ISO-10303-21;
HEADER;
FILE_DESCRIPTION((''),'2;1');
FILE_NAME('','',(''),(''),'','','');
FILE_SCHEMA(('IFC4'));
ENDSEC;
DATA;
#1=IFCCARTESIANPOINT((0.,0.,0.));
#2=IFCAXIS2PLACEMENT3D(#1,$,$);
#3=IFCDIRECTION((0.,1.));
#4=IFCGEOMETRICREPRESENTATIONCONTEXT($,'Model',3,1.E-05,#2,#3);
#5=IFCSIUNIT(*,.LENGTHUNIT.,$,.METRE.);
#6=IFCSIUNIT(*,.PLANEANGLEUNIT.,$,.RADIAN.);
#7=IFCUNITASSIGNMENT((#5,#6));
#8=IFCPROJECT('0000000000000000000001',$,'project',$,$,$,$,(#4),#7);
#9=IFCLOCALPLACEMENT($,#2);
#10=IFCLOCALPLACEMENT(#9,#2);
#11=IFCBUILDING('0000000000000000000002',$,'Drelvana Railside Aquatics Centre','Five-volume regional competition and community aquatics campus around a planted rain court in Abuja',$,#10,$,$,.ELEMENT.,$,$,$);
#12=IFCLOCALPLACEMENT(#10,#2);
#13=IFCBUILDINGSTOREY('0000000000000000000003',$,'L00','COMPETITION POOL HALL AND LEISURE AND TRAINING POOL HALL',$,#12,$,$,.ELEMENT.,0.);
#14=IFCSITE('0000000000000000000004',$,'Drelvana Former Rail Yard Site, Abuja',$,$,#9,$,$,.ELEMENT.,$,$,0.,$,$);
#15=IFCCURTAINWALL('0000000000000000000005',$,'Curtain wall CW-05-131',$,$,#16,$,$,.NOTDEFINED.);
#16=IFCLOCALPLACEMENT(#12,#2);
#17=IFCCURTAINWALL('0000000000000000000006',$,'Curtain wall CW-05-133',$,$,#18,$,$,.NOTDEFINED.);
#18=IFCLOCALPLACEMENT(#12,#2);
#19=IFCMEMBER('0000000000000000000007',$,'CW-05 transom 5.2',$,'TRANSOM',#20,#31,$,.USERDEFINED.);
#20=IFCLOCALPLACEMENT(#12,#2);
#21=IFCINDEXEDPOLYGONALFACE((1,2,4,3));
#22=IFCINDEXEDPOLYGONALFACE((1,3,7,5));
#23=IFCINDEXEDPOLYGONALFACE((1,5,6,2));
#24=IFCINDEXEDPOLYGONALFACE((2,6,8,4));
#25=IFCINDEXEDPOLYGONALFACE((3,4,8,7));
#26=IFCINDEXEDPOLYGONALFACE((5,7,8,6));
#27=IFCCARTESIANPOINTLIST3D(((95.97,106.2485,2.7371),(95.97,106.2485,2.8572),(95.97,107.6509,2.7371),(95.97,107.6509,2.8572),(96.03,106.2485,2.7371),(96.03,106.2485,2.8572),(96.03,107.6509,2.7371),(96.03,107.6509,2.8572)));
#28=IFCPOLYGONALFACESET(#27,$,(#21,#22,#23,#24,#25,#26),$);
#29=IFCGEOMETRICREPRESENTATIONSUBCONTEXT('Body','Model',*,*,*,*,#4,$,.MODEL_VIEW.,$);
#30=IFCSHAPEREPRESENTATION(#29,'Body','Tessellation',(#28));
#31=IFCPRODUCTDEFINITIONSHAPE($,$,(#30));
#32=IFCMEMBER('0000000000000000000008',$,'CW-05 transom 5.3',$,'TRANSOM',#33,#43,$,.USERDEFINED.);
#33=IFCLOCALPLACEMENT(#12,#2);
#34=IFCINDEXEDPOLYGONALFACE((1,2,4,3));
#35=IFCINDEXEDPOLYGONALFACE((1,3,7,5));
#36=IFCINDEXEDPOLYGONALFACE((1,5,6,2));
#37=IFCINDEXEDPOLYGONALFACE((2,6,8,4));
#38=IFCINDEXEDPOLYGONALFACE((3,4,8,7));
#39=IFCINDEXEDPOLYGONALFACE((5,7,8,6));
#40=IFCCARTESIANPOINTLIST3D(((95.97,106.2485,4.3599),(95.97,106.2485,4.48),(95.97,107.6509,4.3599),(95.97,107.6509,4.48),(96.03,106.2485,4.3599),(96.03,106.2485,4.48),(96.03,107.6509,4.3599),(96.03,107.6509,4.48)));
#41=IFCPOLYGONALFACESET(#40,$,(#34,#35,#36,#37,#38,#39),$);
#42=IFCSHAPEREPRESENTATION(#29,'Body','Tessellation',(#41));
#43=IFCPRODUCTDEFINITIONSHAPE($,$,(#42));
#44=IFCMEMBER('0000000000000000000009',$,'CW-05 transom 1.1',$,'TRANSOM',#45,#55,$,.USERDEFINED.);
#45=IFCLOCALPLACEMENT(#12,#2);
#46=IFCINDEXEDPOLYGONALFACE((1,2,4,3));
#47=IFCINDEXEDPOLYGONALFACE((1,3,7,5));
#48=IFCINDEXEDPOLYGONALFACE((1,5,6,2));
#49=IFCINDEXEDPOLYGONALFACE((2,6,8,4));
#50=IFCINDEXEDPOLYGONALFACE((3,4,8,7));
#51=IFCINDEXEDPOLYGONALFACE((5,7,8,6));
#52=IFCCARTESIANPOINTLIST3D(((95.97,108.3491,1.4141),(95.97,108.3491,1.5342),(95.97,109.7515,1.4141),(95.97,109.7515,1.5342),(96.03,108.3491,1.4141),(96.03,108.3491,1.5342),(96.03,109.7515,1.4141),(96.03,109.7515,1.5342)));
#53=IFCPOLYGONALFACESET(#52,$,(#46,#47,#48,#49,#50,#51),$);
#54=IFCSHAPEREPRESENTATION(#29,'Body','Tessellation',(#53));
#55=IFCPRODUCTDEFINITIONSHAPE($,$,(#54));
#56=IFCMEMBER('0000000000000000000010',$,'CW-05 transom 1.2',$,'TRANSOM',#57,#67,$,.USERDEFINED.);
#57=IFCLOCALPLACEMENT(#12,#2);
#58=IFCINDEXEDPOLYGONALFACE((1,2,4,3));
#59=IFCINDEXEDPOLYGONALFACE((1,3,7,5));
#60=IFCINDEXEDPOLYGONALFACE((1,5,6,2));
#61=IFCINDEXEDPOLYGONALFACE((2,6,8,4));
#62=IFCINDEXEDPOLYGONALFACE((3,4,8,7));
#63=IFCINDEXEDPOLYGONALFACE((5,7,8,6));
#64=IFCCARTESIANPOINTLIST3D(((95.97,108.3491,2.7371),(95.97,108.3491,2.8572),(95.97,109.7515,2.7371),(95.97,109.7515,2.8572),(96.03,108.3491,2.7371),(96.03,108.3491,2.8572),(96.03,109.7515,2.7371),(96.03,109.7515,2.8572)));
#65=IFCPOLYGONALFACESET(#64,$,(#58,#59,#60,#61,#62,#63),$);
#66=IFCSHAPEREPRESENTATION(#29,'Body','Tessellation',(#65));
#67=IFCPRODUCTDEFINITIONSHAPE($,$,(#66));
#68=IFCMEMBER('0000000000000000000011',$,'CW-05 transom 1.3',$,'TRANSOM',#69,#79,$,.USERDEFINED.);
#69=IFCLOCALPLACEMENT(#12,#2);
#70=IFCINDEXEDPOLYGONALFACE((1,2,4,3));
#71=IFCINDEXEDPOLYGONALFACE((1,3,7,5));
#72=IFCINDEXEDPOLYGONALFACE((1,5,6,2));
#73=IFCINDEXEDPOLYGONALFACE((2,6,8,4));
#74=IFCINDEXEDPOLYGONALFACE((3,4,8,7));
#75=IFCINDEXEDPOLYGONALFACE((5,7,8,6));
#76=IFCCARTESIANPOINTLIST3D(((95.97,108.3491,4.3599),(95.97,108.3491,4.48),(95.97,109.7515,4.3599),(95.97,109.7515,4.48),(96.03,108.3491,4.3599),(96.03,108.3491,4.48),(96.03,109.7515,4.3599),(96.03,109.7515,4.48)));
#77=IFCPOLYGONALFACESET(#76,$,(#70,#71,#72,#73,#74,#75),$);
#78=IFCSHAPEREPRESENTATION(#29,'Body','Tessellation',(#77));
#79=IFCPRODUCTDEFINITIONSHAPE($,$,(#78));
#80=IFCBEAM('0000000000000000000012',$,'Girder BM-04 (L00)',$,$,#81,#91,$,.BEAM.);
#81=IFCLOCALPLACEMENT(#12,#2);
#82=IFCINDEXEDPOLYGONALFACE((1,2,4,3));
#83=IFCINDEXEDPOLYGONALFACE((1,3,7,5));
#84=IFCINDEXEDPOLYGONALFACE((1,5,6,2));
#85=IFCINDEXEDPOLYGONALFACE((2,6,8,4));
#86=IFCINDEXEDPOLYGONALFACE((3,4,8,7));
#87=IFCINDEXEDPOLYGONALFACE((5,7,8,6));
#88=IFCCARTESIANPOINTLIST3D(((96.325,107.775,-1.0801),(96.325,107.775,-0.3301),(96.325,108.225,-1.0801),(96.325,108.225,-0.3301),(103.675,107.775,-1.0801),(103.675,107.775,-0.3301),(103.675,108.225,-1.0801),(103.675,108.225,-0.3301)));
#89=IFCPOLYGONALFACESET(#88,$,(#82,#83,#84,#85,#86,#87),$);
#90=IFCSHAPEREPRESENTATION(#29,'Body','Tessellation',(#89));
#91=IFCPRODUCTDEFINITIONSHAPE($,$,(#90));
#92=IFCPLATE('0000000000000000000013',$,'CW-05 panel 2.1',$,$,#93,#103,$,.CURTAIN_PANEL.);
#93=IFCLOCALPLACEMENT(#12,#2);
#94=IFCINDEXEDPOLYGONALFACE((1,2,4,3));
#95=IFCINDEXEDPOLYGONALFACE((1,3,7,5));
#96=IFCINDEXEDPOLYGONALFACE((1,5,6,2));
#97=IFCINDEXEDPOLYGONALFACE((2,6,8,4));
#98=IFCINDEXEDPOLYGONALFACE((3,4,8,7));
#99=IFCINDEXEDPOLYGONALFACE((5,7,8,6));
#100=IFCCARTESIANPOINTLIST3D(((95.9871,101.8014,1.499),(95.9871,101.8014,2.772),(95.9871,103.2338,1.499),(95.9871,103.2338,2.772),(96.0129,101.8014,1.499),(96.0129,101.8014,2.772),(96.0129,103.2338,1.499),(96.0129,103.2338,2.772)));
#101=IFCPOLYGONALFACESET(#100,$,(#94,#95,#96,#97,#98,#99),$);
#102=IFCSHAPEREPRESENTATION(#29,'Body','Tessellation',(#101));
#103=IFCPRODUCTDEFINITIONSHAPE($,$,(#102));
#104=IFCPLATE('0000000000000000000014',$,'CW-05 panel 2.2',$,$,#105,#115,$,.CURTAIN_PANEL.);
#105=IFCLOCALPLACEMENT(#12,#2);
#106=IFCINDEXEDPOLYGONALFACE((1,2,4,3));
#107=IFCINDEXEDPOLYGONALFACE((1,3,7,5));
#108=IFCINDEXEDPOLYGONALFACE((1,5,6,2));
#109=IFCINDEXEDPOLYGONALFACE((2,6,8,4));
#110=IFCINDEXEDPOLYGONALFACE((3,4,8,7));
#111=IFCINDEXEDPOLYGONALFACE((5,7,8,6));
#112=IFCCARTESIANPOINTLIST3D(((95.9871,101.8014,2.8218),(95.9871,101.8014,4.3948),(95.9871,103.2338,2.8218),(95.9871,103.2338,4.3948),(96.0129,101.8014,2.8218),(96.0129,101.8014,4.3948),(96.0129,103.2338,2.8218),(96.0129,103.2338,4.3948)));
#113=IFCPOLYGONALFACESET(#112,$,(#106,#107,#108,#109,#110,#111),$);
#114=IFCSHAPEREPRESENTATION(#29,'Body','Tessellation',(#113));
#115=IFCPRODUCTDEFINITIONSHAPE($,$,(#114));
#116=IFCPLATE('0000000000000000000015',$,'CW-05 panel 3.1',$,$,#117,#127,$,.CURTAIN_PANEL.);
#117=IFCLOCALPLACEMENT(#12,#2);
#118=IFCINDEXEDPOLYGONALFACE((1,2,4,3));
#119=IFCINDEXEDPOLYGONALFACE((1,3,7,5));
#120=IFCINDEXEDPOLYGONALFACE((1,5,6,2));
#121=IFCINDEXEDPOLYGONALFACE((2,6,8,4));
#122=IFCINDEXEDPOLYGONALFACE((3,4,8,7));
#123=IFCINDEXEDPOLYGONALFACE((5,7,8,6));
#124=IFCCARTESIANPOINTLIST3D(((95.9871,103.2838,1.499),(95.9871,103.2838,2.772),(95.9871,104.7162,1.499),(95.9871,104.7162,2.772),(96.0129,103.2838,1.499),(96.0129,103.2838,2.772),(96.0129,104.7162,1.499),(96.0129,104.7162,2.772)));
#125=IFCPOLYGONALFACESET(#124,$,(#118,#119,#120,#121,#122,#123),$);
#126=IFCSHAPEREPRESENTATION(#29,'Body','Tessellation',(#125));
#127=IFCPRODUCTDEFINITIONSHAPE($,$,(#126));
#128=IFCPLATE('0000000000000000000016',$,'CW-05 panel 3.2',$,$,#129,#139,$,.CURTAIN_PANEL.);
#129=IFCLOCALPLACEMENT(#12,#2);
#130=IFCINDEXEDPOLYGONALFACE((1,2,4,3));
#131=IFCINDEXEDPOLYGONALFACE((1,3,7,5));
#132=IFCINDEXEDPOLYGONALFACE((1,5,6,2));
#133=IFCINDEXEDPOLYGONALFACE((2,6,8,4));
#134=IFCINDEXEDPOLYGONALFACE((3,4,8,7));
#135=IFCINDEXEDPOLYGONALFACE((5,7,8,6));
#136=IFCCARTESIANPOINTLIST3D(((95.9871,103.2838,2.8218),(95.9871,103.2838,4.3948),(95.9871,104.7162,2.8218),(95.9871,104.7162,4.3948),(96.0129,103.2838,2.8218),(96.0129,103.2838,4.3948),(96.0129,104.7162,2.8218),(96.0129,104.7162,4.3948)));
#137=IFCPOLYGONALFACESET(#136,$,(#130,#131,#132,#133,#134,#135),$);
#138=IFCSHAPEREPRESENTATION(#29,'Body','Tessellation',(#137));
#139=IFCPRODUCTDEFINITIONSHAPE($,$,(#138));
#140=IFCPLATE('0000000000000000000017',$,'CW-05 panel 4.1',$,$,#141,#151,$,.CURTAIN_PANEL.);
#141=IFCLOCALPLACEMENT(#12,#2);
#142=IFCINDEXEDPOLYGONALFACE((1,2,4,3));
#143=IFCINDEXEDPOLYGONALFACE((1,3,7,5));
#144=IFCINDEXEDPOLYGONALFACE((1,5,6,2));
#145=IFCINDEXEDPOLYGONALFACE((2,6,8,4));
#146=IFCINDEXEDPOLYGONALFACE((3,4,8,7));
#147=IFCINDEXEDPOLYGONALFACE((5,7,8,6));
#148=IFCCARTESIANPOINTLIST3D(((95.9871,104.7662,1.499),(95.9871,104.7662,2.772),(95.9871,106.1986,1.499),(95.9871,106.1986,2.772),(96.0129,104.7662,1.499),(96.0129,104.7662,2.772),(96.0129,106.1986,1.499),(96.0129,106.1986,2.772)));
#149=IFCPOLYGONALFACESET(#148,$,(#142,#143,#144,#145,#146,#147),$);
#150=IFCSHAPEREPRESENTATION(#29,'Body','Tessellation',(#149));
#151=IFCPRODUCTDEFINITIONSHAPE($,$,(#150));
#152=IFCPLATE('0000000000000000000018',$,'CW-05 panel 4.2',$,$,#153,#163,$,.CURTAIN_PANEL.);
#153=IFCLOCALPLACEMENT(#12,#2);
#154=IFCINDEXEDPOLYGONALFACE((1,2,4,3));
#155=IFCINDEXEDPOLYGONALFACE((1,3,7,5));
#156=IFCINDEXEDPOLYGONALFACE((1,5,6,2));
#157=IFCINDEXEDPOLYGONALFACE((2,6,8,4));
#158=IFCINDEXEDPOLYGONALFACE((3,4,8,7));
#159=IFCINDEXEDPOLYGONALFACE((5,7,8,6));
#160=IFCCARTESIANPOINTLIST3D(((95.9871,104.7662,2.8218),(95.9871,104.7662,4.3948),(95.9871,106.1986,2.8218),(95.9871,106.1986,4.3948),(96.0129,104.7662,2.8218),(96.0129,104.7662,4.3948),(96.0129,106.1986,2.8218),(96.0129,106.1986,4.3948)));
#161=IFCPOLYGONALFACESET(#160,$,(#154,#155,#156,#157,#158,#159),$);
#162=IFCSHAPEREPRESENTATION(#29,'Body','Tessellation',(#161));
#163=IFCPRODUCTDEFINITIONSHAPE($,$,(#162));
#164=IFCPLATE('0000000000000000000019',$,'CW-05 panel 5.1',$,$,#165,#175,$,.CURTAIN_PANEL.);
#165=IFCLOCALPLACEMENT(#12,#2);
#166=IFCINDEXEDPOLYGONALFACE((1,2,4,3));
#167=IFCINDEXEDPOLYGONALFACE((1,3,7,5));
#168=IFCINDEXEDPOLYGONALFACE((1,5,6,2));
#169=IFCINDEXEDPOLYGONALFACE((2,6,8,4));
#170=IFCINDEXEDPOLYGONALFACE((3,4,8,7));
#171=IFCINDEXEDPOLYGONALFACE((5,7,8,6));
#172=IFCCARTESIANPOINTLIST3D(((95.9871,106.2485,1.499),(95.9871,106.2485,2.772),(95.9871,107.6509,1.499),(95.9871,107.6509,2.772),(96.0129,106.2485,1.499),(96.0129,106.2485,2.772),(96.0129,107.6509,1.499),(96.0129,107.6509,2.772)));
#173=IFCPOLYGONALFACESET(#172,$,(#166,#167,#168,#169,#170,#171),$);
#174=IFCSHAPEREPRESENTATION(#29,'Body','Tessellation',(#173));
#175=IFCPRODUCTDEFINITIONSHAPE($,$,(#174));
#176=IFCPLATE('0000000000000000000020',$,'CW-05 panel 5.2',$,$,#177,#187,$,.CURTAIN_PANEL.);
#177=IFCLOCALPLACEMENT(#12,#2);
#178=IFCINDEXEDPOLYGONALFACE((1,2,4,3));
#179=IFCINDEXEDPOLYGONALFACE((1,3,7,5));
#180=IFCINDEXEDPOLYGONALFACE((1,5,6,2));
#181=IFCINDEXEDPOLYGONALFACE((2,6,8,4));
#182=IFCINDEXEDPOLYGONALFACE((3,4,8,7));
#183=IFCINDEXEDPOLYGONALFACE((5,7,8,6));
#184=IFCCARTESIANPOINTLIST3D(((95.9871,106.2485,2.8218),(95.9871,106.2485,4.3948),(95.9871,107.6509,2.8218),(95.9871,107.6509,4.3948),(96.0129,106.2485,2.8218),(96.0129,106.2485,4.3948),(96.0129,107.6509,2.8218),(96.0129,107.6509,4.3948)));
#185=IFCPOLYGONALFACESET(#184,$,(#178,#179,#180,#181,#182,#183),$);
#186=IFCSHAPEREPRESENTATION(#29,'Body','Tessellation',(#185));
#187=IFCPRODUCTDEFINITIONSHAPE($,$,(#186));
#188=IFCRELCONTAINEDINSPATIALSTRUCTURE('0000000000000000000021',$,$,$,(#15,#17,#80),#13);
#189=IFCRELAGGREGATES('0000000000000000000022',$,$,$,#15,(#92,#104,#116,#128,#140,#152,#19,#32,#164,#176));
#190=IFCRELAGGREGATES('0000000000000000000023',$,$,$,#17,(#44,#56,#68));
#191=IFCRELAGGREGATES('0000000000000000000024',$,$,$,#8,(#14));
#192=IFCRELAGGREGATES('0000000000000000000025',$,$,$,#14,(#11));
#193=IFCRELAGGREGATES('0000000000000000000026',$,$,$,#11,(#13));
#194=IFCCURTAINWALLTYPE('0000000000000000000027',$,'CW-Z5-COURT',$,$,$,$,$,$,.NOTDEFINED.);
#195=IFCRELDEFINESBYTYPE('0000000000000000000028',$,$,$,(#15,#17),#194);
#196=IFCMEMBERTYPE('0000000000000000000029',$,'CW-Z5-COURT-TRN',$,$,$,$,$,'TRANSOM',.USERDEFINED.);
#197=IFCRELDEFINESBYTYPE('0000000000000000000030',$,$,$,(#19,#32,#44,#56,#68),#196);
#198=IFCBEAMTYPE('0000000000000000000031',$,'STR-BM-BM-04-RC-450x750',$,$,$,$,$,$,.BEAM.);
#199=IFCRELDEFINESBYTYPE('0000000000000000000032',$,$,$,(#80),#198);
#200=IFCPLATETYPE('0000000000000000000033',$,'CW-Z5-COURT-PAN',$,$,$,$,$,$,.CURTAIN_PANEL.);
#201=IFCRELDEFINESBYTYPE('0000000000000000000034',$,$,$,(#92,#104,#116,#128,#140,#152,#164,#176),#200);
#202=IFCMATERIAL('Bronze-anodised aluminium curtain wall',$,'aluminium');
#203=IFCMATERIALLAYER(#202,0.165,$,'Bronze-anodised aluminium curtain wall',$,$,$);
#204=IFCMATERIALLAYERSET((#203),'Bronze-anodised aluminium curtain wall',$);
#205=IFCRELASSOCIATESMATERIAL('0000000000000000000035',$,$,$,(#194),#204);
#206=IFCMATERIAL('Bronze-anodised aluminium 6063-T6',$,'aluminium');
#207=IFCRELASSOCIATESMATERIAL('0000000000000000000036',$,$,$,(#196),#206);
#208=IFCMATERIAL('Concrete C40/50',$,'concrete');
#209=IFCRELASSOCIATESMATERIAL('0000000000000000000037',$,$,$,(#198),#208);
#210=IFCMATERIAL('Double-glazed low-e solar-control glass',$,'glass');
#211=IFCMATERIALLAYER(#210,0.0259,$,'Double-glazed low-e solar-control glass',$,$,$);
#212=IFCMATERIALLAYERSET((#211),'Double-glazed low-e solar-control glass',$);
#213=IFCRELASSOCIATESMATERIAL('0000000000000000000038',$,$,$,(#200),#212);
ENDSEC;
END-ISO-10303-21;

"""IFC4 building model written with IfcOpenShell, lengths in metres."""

from ifc_helpers import new_model, si_unit, direction, frame, origin, origin_2d, place, context, subcontext, project, spatial, rectangle, extrude, material, layer, layer_set, material_profile, profile_set, type_object, element, aggregate, save


model = new_model("IFC4")

# Units and contexts
model_context = context("Model", 3, precision=1e-05, world=origin(), true_north=direction((0.0, 1.0)))
body_context = subcontext(model_context, "Body", "Model", "MODEL_VIEW")
ifc_project = project(units=[si_unit("LENGTHUNIT", "METRE"), si_unit("PLANEANGLEUNIT", "RADIAN")], contexts=[model_context])

# Site, building, storey
site_placement = place(None, origin())
site = spatial("IfcSite", under=ifc_project, at=site_placement, Name="Drelvana Former Rail Yard Site, Abuja", CompositionType="ELEMENT", RefElevation=0.0)
building_placement = place(site_placement, origin())
building = spatial("IfcBuilding", under=site, at=building_placement, Name="Drelvana Railside Aquatics Centre", Description="Five-volume regional competition and community aquatics campus around a planted rain court in Abuja", CompositionType="ELEMENT")
storey_placement = place(building_placement, origin())
storey = spatial("IfcBuildingStorey", under=building, at=storey_placement, Name="L00", Description="COMPETITION POOL HALL AND LEISURE AND TRAINING POOL HALL", CompositionType="ELEMENT", Elevation=0.0)

# Curtain wall
ifc_material_1 = material(Name="Bronze-anodised aluminium curtain wall", Category="aluminium")
ifc_layer_1 = layer(ifc_material_1, 0.165, Name="Bronze-anodised aluminium curtain wall")
ifc_layer_set_1 = layer_set([ifc_layer_1], Name="Bronze-anodised aluminium curtain wall")
curtain_wall_type = type_object("IfcCurtainWallType", Name="CW-Z5-COURT", PredefinedType="NOTDEFINED", material=ifc_layer_set_1)
curtain_wall_1_placement = place(storey_placement, origin())
curtain_wall_1 = element("IfcCurtainWall", 1, at=curtain_wall_1_placement, inside=storey, type_object=curtain_wall_type, Name="Curtain wall CW-05-131", PredefinedType="NOTDEFINED")
ifc_material_2 = material(Name="Bronze-anodised aluminium 6063-T6", Category="aluminium")

# Curtain wall
curtain_wall_2_placement = place(storey_placement, origin())
curtain_wall_2 = element("IfcCurtainWall", 2, at=curtain_wall_2_placement, inside=storey, type_object=curtain_wall_type, Name="Curtain wall CW-05-133", PredefinedType="NOTDEFINED")

# Members
ifc_material_profile_1 = material_profile(ifc_material_2, rectangle(XDim=0.1201, YDim=0.0601, at=origin_2d()), Name="ALU-T 60x120")
ifc_profile_set_1 = profile_set([ifc_material_profile_1], Name="Bronze-anodised aluminium 6063-T6")
member_type_1 = type_object("IfcMemberType", Name="CW-Z5-COURT-TRN", ElementType="TRANSOM", PredefinedType="USERDEFINED", material=ifc_profile_set_1)
member_1_placement = place(storey_placement, frame((96.0, 106.2485, 2.7971), z_axis=(0.0, 1.0, 0.0), x_axis=(0.0, 0.0, 1.0)))
member_1 = element("IfcMember", 3, at=member_1_placement, type_object=member_type_1, Name="CW-05 transom 5.2", ObjectType="TRANSOM", PredefinedType="USERDEFINED", context=body_context, shape_type="SweptSolid", body=[
    extrude(rectangle(XDim=0.1201, YDim=0.0601, at=origin_2d()), origin(), (0.0, 0.0, 1.0), 1.4023),
])
member_2_placement = place(storey_placement, frame((96.0, 106.2485, 4.4199), z_axis=(0.0, 1.0, 0.0), x_axis=(0.0, 0.0, 1.0)))
member_2 = element("IfcMember", 4, at=member_2_placement, type_object=member_type_1, Name="CW-05 transom 5.3", ObjectType="TRANSOM", PredefinedType="USERDEFINED", context=body_context, shape_type="SweptSolid", body=[
    extrude(rectangle(XDim=0.1201, YDim=0.0601, at=origin_2d()), origin(), (0.0, 0.0, 1.0), 1.4023),
])
member_3_placement = place(storey_placement, frame((96.0, 108.3491, 1.4741), z_axis=(0.0, 1.0, 0.0), x_axis=(0.0, 0.0, 1.0)))
member_3 = element("IfcMember", 5, at=member_3_placement, type_object=member_type_1, Name="CW-05 transom 1.1", ObjectType="TRANSOM", PredefinedType="USERDEFINED", context=body_context, shape_type="SweptSolid", body=[
    extrude(rectangle(XDim=0.1201, YDim=0.0601, at=origin_2d()), origin(), (0.0, 0.0, 1.0), 1.4023),
])
member_4_placement = place(storey_placement, frame((96.0, 108.3491, 2.7971), z_axis=(0.0, 1.0, 0.0), x_axis=(0.0, 0.0, 1.0)))
member_4 = element("IfcMember", 6, at=member_4_placement, type_object=member_type_1, Name="CW-05 transom 1.2", ObjectType="TRANSOM", PredefinedType="USERDEFINED", context=body_context, shape_type="SweptSolid", body=[
    extrude(rectangle(XDim=0.1201, YDim=0.0601, at=origin_2d()), origin(), (0.0, 0.0, 1.0), 1.4023),
])
member_5_placement = place(storey_placement, frame((96.0, 108.3491, 4.4199), z_axis=(0.0, 1.0, 0.0), x_axis=(0.0, 0.0, 1.0)))
member_5 = element("IfcMember", 7, at=member_5_placement, type_object=member_type_1, Name="CW-05 transom 1.3", ObjectType="TRANSOM", PredefinedType="USERDEFINED", context=body_context, shape_type="SweptSolid", body=[
    extrude(rectangle(XDim=0.1201, YDim=0.0601, at=origin_2d()), origin(), (0.0, 0.0, 1.0), 1.4023),
])

# Beam
ifc_material_3 = material(Name="Concrete C40/50", Category="concrete")
ifc_material_profile_2 = material_profile(ifc_material_3, rectangle(XDim=0.45, YDim=0.75, at=origin_2d()), Name="RC 450x750")
ifc_profile_set_2 = profile_set([ifc_material_profile_2], Name="Concrete C40/50")
beam_type = type_object("IfcBeamType", Name="STR-BM-BM-04-RC-450x750", PredefinedType="BEAM", material=ifc_profile_set_2)
beam_placement = place(storey_placement, frame((96.325, 108.0, -0.7051), z_axis=(1.0, 0.0, 0.0), x_axis=(0.0, 1.0, 0.0)))
element("IfcBeam", 8, at=beam_placement, inside=storey, type_object=beam_type, Name="Girder BM-04 (L00)", PredefinedType="BEAM", context=body_context, shape_type="SweptSolid", body=[
    extrude(rectangle(XDim=0.45, YDim=0.75, at=origin_2d()), origin(), (0.0, 0.0, 1.0), 7.3501),
])

# Plates
ifc_material_4 = material(Name="Double-glazed low-e solar-control glass", Category="glass")
ifc_layer_2 = layer(ifc_material_4, 0.0259, Name="Double-glazed low-e solar-control glass")
ifc_layer_set_2 = layer_set([ifc_layer_2], Name="Double-glazed low-e solar-control glass")
plate_type = type_object("IfcPlateType", Name="CW-Z5-COURT-PAN", PredefinedType="CURTAIN_PANEL", material=ifc_layer_set_2)
plate_1_placement = place(storey_placement, frame((96.0, 102.5176, 1.499), z_axis=(0.0, 0.0, 1.0), x_axis=(0.0, 1.0, 0.0)))
plate_1 = element("IfcPlate", 9, at=plate_1_placement, type_object=plate_type, Name="CW-05 panel 2.1", PredefinedType="CURTAIN_PANEL", context=body_context, shape_type="SweptSolid", body=[
    extrude(rectangle(XDim=1.4324, YDim=0.0259, at=origin_2d()), origin(), (0.0, 0.0, 1.0), 1.2729),
])
plate_2_placement = place(storey_placement, frame((96.0, 102.5176, 2.8218), z_axis=(0.0, 0.0, 1.0), x_axis=(0.0, 1.0, 0.0)))
plate_2 = element("IfcPlate", 10, at=plate_2_placement, type_object=plate_type, Name="CW-05 panel 2.2", PredefinedType="CURTAIN_PANEL", context=body_context, shape_type="SweptSolid", body=[
    extrude(rectangle(XDim=1.4324, YDim=0.0259, at=origin_2d()), origin(), (0.0, 0.0, 1.0), 1.573),
])
plate_3_placement = place(storey_placement, frame((96.0, 104.0, 1.499), z_axis=(0.0, 0.0, 1.0), x_axis=(0.0, 1.0, 0.0)))
plate_3 = element("IfcPlate", 11, at=plate_3_placement, type_object=plate_type, Name="CW-05 panel 3.1", PredefinedType="CURTAIN_PANEL", context=body_context, shape_type="SweptSolid", body=[
    extrude(rectangle(XDim=1.4324, YDim=0.0259, at=origin_2d()), origin(), (0.0, 0.0, 1.0), 1.2729),
])
plate_4_placement = place(storey_placement, frame((96.0, 104.0, 2.8218), z_axis=(0.0, 0.0, 1.0), x_axis=(0.0, 1.0, 0.0)))
plate_4 = element("IfcPlate", 12, at=plate_4_placement, type_object=plate_type, Name="CW-05 panel 3.2", PredefinedType="CURTAIN_PANEL", context=body_context, shape_type="SweptSolid", body=[
    extrude(rectangle(XDim=1.4324, YDim=0.0259, at=origin_2d()), origin(), (0.0, 0.0, 1.0), 1.573),
])
plate_5_placement = place(storey_placement, frame((96.0, 105.4824, 1.499), z_axis=(0.0, 0.0, 1.0), x_axis=(0.0, 1.0, 0.0)))
plate_5 = element("IfcPlate", 13, at=plate_5_placement, type_object=plate_type, Name="CW-05 panel 4.1", PredefinedType="CURTAIN_PANEL", context=body_context, shape_type="SweptSolid", body=[
    extrude(rectangle(XDim=1.4324, YDim=0.0259, at=origin_2d()), origin(), (0.0, 0.0, 1.0), 1.2729),
])
plate_6_placement = place(storey_placement, frame((96.0, 105.4824, 2.8218), z_axis=(0.0, 0.0, 1.0), x_axis=(0.0, 1.0, 0.0)))
plate_6 = element("IfcPlate", 14, at=plate_6_placement, type_object=plate_type, Name="CW-05 panel 4.2", PredefinedType="CURTAIN_PANEL", context=body_context, shape_type="SweptSolid", body=[
    extrude(rectangle(XDim=1.4324, YDim=0.0259, at=origin_2d()), origin(), (0.0, 0.0, 1.0), 1.573),
])
plate_7_placement = place(storey_placement, frame((96.0, 106.9497, 1.499), z_axis=(0.0, 0.0, 1.0), x_axis=(0.0, 1.0, 0.0)))
plate_7 = element("IfcPlate", 15, at=plate_7_placement, type_object=plate_type, Name="CW-05 panel 5.1", PredefinedType="CURTAIN_PANEL", context=body_context, shape_type="SweptSolid", body=[
    extrude(rectangle(XDim=1.4023, YDim=0.0259, at=origin_2d()), origin(), (0.0, 0.0, 1.0), 1.2729),
])
plate_8_placement = place(storey_placement, frame((96.0, 106.9497, 2.8218), z_axis=(0.0, 0.0, 1.0), x_axis=(0.0, 1.0, 0.0)))
plate_8 = element("IfcPlate", 16, at=plate_8_placement, type_object=plate_type, Name="CW-05 panel 5.2", PredefinedType="CURTAIN_PANEL", context=body_context, shape_type="SweptSolid", body=[
    extrude(rectangle(XDim=1.4023, YDim=0.0259, at=origin_2d()), origin(), (0.0, 0.0, 1.0), 1.573),
])
aggregate(curtain_wall_1, [plate_1, plate_2, plate_3, plate_4, plate_5, plate_6, member_1, member_2, plate_7, plate_8])
aggregate(curtain_wall_2, [member_3, member_4, member_5])

save(model, "model.ifc")
